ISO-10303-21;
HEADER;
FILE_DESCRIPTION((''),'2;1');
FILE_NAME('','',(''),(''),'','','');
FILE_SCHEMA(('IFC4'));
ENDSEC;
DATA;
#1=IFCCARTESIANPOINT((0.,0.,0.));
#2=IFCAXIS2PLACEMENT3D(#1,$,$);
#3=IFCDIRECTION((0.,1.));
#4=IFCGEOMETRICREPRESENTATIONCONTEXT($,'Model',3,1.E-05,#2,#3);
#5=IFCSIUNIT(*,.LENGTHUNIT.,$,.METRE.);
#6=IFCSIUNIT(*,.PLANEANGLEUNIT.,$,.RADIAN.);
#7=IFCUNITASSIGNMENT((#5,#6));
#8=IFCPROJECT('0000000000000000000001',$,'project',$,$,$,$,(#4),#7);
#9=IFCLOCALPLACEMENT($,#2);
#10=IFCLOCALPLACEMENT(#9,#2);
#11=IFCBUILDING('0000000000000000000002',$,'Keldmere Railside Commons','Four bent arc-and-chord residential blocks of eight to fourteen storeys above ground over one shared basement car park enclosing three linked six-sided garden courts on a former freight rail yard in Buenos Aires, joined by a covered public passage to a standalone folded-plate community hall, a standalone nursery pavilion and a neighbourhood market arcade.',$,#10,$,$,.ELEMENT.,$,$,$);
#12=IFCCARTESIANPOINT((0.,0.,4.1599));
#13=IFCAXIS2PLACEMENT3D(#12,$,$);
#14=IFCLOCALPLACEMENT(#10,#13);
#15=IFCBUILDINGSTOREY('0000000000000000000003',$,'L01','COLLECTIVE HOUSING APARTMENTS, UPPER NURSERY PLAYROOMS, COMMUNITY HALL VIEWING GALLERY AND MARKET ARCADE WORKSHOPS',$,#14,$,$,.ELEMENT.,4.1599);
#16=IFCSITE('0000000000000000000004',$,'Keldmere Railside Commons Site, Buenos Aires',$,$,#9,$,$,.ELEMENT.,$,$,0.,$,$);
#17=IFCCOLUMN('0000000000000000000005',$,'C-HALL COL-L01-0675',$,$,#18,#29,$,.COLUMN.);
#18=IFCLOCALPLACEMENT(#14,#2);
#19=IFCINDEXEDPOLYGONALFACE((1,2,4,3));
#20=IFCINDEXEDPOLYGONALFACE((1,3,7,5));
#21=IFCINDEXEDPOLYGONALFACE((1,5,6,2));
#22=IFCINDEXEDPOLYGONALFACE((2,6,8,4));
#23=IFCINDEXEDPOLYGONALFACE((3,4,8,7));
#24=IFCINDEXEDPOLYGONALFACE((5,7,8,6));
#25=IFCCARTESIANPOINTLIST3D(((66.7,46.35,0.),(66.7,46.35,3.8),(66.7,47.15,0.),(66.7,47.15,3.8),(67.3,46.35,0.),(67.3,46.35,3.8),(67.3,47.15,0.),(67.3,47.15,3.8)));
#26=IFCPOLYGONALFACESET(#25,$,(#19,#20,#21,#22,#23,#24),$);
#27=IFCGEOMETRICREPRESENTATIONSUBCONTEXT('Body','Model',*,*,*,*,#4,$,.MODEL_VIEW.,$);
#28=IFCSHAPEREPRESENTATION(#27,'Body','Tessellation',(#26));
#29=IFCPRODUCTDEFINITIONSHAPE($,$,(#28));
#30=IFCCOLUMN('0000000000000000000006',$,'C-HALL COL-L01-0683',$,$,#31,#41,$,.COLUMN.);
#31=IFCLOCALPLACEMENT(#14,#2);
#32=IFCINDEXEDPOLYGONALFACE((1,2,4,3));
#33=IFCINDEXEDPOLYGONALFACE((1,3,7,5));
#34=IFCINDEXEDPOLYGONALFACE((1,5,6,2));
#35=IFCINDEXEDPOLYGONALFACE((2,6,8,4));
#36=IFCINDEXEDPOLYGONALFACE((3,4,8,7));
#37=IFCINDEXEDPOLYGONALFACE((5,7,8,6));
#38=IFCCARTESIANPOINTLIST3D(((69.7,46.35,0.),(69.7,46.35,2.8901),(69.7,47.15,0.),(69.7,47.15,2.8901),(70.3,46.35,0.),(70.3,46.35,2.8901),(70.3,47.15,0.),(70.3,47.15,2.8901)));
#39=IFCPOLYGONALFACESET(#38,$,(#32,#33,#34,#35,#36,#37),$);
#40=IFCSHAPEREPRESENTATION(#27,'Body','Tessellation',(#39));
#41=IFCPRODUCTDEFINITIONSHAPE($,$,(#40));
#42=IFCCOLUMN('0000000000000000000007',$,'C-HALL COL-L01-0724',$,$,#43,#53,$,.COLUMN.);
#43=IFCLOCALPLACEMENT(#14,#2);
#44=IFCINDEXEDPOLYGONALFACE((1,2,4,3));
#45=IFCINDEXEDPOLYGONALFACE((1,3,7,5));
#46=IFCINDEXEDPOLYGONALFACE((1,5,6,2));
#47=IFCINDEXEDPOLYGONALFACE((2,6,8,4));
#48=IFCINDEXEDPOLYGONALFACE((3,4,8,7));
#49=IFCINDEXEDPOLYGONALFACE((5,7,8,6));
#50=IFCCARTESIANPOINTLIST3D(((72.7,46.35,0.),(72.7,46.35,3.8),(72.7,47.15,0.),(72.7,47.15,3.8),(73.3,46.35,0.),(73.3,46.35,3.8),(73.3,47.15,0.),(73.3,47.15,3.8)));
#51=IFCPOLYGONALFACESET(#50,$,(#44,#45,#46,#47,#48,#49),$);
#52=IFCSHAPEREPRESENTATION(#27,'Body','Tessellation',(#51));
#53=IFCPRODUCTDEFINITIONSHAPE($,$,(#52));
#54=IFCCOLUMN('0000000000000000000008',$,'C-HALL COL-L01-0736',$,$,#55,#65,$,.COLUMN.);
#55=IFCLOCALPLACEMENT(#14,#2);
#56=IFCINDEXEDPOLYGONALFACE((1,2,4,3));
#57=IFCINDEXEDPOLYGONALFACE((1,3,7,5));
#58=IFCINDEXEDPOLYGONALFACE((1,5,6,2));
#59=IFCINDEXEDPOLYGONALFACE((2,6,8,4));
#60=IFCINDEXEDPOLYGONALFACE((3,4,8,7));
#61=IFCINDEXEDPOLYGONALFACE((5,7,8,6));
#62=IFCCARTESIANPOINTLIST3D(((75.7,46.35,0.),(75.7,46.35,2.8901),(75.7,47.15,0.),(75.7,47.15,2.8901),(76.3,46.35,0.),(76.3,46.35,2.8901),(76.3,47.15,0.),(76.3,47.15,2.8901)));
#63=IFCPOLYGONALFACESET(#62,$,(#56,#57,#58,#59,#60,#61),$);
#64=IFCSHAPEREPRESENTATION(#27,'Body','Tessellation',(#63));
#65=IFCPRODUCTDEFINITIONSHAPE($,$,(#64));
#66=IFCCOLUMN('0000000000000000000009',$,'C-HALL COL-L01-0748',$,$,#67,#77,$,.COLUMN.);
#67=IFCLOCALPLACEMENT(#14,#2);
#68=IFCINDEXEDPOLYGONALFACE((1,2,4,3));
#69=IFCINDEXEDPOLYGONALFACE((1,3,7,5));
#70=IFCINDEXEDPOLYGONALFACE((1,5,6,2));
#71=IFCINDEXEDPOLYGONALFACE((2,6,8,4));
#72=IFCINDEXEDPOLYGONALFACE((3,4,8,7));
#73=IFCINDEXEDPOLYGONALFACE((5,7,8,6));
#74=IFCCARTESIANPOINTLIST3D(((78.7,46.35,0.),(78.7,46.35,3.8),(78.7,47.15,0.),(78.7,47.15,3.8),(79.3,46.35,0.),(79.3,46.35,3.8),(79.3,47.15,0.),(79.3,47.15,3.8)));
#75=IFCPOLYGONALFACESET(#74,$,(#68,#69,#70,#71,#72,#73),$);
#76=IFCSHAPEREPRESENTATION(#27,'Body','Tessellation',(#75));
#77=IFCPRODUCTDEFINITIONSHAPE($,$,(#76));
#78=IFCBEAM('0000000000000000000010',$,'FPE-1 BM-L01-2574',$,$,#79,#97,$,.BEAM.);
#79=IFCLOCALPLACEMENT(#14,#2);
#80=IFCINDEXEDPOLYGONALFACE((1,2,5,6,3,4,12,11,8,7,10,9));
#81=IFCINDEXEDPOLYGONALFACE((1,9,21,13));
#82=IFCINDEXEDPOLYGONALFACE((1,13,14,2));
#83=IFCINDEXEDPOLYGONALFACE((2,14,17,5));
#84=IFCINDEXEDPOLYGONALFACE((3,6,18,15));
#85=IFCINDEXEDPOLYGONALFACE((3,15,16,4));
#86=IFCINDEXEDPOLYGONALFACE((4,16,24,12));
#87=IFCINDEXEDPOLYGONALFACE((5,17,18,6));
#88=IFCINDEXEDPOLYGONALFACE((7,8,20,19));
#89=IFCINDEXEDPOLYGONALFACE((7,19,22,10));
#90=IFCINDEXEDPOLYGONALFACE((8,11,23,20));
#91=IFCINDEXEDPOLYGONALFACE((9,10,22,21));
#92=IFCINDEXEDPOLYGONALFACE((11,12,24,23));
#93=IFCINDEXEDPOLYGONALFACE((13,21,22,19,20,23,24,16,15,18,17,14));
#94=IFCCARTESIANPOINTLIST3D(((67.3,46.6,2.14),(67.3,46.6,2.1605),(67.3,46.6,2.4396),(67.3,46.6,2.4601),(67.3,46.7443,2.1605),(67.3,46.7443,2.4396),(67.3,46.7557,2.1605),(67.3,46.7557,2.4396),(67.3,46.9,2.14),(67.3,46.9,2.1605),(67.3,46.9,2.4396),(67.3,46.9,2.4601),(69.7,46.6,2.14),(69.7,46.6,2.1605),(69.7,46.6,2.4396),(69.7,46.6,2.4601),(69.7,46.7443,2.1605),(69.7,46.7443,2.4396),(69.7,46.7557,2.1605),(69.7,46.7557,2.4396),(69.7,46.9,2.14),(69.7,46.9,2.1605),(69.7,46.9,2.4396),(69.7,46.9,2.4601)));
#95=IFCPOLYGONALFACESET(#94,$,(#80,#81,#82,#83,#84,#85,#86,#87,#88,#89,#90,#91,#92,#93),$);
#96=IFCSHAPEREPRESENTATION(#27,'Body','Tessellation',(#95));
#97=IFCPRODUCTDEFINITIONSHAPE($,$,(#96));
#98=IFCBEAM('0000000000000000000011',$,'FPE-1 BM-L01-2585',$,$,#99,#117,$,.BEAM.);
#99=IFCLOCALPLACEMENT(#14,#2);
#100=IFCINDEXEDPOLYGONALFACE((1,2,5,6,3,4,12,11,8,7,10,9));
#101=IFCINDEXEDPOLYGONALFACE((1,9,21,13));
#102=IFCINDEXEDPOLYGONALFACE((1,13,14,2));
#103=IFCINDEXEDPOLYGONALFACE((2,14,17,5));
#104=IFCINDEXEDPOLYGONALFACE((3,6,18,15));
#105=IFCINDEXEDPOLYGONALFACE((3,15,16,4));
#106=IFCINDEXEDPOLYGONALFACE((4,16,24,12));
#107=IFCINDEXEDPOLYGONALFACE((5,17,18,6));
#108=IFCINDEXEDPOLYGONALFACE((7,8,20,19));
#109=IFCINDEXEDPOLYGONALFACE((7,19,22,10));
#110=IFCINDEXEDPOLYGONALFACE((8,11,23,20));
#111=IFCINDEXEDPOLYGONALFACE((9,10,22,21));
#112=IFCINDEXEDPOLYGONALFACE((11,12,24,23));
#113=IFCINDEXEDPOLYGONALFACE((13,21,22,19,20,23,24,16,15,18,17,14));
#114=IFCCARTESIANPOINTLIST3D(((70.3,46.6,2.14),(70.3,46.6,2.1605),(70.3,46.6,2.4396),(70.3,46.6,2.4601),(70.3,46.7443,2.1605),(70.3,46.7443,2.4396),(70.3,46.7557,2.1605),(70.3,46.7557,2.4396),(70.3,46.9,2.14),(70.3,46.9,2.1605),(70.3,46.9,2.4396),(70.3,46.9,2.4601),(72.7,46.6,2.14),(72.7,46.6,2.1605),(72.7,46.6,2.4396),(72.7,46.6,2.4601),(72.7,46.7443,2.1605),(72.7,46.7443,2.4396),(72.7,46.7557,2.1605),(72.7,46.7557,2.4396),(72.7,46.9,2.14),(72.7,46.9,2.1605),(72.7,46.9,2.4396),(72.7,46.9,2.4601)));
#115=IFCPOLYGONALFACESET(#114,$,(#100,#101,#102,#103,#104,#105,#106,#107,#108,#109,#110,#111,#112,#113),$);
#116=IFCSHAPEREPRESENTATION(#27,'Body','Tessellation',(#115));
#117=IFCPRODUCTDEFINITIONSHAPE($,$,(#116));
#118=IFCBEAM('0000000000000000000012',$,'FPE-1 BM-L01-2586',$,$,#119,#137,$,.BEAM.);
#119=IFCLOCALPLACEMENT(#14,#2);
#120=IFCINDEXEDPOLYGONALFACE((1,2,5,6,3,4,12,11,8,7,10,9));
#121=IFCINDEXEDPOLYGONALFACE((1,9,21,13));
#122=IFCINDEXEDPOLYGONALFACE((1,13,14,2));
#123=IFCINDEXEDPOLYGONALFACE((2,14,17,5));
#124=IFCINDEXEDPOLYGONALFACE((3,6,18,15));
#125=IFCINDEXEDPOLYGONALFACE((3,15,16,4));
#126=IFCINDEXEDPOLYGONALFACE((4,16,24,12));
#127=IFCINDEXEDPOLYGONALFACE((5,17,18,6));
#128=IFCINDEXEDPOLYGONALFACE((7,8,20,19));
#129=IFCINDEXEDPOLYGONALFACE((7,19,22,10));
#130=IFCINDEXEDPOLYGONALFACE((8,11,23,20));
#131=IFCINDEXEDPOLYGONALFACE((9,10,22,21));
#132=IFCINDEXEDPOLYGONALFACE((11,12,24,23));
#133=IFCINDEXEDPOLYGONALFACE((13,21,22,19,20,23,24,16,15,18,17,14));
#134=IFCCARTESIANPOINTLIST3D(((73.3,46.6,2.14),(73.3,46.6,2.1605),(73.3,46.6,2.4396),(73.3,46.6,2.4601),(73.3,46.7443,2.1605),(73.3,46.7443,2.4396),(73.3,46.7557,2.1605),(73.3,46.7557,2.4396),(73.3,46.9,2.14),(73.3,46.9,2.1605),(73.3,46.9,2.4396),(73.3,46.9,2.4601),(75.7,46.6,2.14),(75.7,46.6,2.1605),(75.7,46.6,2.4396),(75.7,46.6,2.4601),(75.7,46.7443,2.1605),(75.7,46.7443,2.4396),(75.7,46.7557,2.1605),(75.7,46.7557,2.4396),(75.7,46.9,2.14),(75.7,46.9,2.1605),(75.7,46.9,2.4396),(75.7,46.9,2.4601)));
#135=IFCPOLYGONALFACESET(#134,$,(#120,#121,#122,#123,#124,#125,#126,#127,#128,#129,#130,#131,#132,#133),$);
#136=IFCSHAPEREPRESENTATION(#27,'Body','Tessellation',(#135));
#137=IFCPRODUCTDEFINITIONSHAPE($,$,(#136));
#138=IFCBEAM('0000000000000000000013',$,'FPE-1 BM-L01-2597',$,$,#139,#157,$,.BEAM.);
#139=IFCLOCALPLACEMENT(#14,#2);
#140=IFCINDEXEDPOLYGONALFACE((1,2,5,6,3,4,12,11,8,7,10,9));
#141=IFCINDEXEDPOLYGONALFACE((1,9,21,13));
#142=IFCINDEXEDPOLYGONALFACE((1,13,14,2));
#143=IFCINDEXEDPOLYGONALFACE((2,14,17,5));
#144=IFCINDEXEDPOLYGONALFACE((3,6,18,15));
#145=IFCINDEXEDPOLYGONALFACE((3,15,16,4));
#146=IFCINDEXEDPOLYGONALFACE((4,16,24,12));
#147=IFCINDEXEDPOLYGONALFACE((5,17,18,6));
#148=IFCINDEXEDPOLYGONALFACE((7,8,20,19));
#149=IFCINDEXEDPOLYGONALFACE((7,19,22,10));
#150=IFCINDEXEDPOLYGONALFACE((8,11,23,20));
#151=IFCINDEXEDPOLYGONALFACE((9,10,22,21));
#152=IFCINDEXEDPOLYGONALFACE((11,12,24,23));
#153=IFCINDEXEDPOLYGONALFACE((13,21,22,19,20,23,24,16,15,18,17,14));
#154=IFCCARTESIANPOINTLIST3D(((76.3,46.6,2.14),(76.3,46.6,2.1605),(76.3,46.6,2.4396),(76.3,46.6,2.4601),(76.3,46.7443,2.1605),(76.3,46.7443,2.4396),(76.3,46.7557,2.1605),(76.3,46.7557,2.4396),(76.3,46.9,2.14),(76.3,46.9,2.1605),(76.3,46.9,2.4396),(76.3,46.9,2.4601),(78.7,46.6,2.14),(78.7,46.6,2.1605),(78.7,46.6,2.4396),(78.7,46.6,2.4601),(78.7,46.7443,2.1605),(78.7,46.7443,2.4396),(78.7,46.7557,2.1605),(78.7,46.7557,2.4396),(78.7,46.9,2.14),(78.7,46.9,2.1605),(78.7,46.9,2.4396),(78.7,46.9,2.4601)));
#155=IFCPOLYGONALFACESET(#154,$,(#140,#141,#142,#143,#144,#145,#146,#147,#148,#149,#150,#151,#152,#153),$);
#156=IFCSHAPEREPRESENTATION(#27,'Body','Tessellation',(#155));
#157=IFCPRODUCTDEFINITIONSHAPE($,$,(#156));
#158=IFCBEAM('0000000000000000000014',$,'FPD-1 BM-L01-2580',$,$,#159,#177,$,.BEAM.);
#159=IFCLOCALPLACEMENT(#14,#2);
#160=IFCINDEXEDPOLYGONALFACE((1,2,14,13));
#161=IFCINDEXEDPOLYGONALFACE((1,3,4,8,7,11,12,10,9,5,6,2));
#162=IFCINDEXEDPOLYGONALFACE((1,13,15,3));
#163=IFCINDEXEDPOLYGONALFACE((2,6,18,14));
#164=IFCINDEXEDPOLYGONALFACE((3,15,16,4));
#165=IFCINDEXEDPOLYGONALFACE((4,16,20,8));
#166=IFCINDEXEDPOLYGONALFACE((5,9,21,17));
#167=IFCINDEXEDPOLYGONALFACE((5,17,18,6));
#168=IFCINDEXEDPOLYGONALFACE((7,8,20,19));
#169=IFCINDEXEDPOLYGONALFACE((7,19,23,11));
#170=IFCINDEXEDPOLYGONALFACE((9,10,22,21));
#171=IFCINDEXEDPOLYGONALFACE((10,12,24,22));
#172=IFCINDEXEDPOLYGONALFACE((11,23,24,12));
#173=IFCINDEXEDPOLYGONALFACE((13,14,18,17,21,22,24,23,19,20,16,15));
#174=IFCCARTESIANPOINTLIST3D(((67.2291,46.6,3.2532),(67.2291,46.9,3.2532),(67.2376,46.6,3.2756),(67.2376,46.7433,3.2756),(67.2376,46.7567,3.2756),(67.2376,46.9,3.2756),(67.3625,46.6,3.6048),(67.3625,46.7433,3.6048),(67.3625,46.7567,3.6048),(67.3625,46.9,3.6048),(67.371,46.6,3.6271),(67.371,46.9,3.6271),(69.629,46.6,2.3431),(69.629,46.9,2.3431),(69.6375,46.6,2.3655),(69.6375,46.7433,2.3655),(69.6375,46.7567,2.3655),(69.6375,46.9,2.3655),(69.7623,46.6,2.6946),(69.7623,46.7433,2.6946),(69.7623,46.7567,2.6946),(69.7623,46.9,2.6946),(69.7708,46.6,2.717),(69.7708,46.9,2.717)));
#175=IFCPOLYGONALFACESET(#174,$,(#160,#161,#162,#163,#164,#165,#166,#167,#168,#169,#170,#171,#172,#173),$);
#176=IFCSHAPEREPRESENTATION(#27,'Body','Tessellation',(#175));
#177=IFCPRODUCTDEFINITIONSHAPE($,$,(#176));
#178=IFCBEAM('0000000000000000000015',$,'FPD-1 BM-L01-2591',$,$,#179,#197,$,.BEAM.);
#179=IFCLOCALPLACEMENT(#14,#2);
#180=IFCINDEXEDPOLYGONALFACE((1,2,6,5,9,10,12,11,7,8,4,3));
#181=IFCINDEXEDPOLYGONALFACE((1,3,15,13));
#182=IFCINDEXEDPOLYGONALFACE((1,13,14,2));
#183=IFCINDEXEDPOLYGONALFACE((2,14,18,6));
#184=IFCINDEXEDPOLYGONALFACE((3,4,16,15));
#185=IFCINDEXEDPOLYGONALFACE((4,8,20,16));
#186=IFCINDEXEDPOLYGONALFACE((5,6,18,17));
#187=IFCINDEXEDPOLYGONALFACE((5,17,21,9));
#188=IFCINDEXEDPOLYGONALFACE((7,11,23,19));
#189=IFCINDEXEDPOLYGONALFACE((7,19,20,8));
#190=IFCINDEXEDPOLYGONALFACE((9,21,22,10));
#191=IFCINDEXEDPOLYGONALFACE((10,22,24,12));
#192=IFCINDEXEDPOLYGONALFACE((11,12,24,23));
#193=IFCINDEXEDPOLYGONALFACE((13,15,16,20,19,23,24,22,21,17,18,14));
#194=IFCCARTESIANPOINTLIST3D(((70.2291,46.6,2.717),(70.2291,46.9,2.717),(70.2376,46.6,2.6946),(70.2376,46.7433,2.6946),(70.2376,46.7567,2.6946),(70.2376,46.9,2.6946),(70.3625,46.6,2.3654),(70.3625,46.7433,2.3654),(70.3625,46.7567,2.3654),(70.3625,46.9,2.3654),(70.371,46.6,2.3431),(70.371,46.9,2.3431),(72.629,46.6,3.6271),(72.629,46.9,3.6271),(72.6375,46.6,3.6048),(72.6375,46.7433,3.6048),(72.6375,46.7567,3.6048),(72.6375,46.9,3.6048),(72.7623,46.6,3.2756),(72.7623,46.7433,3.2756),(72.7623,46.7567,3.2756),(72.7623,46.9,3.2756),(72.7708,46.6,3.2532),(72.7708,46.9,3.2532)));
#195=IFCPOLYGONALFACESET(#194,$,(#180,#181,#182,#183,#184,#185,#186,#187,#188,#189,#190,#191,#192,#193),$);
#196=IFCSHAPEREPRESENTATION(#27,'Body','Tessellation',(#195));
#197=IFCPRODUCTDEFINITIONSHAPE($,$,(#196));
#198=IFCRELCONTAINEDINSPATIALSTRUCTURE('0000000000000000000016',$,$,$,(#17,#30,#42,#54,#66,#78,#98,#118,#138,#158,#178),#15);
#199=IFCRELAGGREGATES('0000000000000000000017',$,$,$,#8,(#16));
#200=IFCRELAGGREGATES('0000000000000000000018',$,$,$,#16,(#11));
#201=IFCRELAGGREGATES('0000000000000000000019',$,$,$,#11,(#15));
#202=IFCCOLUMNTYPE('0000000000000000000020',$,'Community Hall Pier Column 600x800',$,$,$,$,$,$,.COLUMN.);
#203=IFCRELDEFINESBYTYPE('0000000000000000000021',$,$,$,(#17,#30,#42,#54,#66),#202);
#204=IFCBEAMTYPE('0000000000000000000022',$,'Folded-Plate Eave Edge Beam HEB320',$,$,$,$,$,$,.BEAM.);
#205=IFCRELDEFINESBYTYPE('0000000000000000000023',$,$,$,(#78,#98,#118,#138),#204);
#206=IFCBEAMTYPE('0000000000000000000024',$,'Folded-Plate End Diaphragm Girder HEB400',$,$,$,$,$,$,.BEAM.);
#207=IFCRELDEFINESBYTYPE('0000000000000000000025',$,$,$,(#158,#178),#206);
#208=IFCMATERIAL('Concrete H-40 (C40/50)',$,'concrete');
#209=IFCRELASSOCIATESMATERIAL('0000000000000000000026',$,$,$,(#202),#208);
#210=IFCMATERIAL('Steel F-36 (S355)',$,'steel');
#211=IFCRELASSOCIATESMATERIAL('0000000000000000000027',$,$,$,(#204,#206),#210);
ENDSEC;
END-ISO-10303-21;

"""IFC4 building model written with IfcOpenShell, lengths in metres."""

from ifc_helpers import new_model, si_unit, direction, frame, origin, origin_2d, place, context, subcontext, project, spatial, rectangle, i_section, extrude, material, material_profile, profile_set, type_object, element, save


model = new_model("IFC4")

# Units and contexts
model_context = context("Model", 3, precision=1e-05, world=origin(), true_north=direction((0.0, 1.0)))
body_context = subcontext(model_context, "Body", "Model", "MODEL_VIEW")
ifc_project = project(units=[si_unit("LENGTHUNIT", "METRE"), si_unit("PLANEANGLEUNIT", "RADIAN")], contexts=[model_context])

# Site, building, storey
site_placement = place(None, origin())
site = spatial("IfcSite", under=ifc_project, at=site_placement, Name="Keldmere Railside Commons Site, Buenos Aires", CompositionType="ELEMENT", RefElevation=0.0)
building_placement = place(site_placement, origin())
building = spatial("IfcBuilding", under=site, at=building_placement, Name="Keldmere Railside Commons", Description="Four bent arc-and-chord residential blocks of eight to fourteen storeys above ground over one shared basement car park enclosing three linked six-sided garden courts on a former freight rail yard in Buenos Aires, joined by a covered public passage to a standalone folded-plate community hall, a standalone nursery pavilion and a neighbourhood market arcade.", CompositionType="ELEMENT")
storey_placement = place(building_placement, frame((0.0, 0.0, 4.1599)))
storey = spatial("IfcBuildingStorey", under=building, at=storey_placement, Name="L01", Description="COLLECTIVE HOUSING APARTMENTS, UPPER NURSERY PLAYROOMS, COMMUNITY HALL VIEWING GALLERY AND MARKET ARCADE WORKSHOPS", CompositionType="ELEMENT", Elevation=4.1599)

# Columns
ifc_material_1 = material(Name="Concrete H-40 (C40/50)", Category="concrete")
ifc_material_profile_1 = material_profile(ifc_material_1, rectangle(XDim=0.6001, YDim=0.8, at=origin_2d()), Name="RC-600x800")
ifc_profile_set_1 = profile_set([ifc_material_profile_1], Name="Concrete H-40 (C40/50)")
column_type = type_object("IfcColumnType", Name="Community Hall Pier Column 600x800", PredefinedType="COLUMN", material=ifc_profile_set_1)
column_1_placement = place(storey_placement, frame((67.0, 46.75, 0.0), z_axis=(0.0, 0.0, 1.0), x_axis=(1.0, 0.0, 0.0)))
element("IfcColumn", 1, at=column_1_placement, inside=storey, type_object=column_type, Name="C-HALL COL-L01-0675", PredefinedType="COLUMN", context=body_context, shape_type="SweptSolid", body=[
    extrude(rectangle(XDim=0.6001, YDim=0.8, at=origin_2d()), origin(), (0.0, 0.0, 1.0), 3.8),
])
column_2_placement = place(storey_placement, frame((70.0, 46.75, 0.0), z_axis=(0.0, 0.0, 1.0), x_axis=(1.0, 0.0, 0.0)))
element("IfcColumn", 2, at=column_2_placement, inside=storey, type_object=column_type, Name="C-HALL COL-L01-0683", PredefinedType="COLUMN", context=body_context, shape_type="SweptSolid", body=[
    extrude(rectangle(XDim=0.6001, YDim=0.8, at=origin_2d()), origin(), (0.0, 0.0, 1.0), 2.8901),
])
column_3_placement = place(storey_placement, frame((73.0, 46.75, 0.0), z_axis=(0.0, 0.0, 1.0), x_axis=(1.0, 0.0, 0.0)))
element("IfcColumn", 3, at=column_3_placement, inside=storey, type_object=column_type, Name="C-HALL COL-L01-0724", PredefinedType="COLUMN", context=body_context, shape_type="SweptSolid", body=[
    extrude(rectangle(XDim=0.6001, YDim=0.8, at=origin_2d()), origin(), (0.0, 0.0, 1.0), 3.8),
])
column_4_placement = place(storey_placement, frame((76.0, 46.75, 0.0), z_axis=(0.0, 0.0, 1.0), x_axis=(1.0, 0.0, 0.0)))
element("IfcColumn", 4, at=column_4_placement, inside=storey, type_object=column_type, Name="C-HALL COL-L01-0736", PredefinedType="COLUMN", context=body_context, shape_type="SweptSolid", body=[
    extrude(rectangle(XDim=0.6001, YDim=0.8, at=origin_2d()), origin(), (0.0, 0.0, 1.0), 2.8901),
])
column_5_placement = place(storey_placement, frame((79.0, 46.75, 0.0), z_axis=(0.0, 0.0, 1.0), x_axis=(1.0, 0.0, 0.0)))
element("IfcColumn", 5, at=column_5_placement, inside=storey, type_object=column_type, Name="C-HALL COL-L01-0748", PredefinedType="COLUMN", context=body_context, shape_type="SweptSolid", body=[
    extrude(rectangle(XDim=0.6001, YDim=0.8, at=origin_2d()), origin(), (0.0, 0.0, 1.0), 3.8),
])

# Beams
ifc_material_2 = material(Name="Steel F-36 (S355)", Category="steel")
ifc_material_profile_2 = material_profile(ifc_material_2, i_section(OverallWidth=0.3, OverallDepth=0.3201, WebThickness=0.0115, FlangeThickness=0.0205, at=origin_2d()), Name="HEB-320")
ifc_profile_set_2 = profile_set([ifc_material_profile_2], Name="Steel F-36 (S355)")
beam_type_1 = type_object("IfcBeamType", Name="Folded-Plate Eave Edge Beam HEB320", PredefinedType="BEAM", material=ifc_profile_set_2)
for number, where, z_axis, x_axis, name in (
    (6, (67.3, 46.75, 2.3), (1.0, 0.0, 0.0), (0.0, 1.0, 0.0), "FPE-1 BM-L01-2574"),
    (7, (70.3, 46.75, 2.3), (1.0, 0.0, 0.0), (0.0, 1.0, 0.0), "FPE-1 BM-L01-2585"),
    (8, (73.3, 46.75, 2.3), (1.0, 0.0, 0.0), (0.0, 1.0, 0.0), "FPE-1 BM-L01-2586"),
    (9, (76.3, 46.75, 2.3), (1.0, 0.0, 0.0), (0.0, 1.0, 0.0), "FPE-1 BM-L01-2597"),
):
    element("IfcBeam", number, at=place(storey_placement, frame(where, z_axis=z_axis, x_axis=x_axis)), inside=storey, type_object=beam_type_1, Name=name, PredefinedType="BEAM", context=body_context, shape_type="SweptSolid", body=[
        extrude(i_section(OverallWidth=0.3, OverallDepth=0.3201, WebThickness=0.0115, FlangeThickness=0.0205, at=origin_2d()), origin(), (0.0, 0.0, 1.0), 2.3999),
    ])
ifc_material_profile_3 = material_profile(ifc_material_2, i_section(OverallWidth=0.3, OverallDepth=0.3999, WebThickness=0.0134, FlangeThickness=0.0239, at=origin_2d()), Name="HEB-400")
ifc_profile_set_3 = profile_set([ifc_material_profile_3], Name="Steel F-36 (S355)")
beam_type_2 = type_object("IfcBeamType", Name="Folded-Plate End Diaphragm Girder HEB400", PredefinedType="BEAM", material=ifc_profile_set_3)
for number, where, z_axis, x_axis, name in (
    (10, (67.3, 46.75, 3.4402), (0.935017, 0.0, -0.354603), (0.0, 1.0, 0.0), "FPD-1 BM-L01-2580"),
    (11, (70.3, 46.75, 2.53), (0.935017, 0.0, 0.354603), (0.0, 1.0, 0.0), "FPD-1 BM-L01-2591"),
):
    element("IfcBeam", number, at=place(storey_placement, frame(where, z_axis=z_axis, x_axis=x_axis)), inside=storey, type_object=beam_type_2, Name=name, PredefinedType="BEAM", context=body_context, shape_type="SweptSolid", body=[
        extrude(i_section(OverallWidth=0.3, OverallDepth=0.3999, WebThickness=0.0134, FlangeThickness=0.0239, at=origin_2d()), origin(), (0.0, 0.0, 1.0), 2.5667),
    ])

save(model, "model.ifc")
